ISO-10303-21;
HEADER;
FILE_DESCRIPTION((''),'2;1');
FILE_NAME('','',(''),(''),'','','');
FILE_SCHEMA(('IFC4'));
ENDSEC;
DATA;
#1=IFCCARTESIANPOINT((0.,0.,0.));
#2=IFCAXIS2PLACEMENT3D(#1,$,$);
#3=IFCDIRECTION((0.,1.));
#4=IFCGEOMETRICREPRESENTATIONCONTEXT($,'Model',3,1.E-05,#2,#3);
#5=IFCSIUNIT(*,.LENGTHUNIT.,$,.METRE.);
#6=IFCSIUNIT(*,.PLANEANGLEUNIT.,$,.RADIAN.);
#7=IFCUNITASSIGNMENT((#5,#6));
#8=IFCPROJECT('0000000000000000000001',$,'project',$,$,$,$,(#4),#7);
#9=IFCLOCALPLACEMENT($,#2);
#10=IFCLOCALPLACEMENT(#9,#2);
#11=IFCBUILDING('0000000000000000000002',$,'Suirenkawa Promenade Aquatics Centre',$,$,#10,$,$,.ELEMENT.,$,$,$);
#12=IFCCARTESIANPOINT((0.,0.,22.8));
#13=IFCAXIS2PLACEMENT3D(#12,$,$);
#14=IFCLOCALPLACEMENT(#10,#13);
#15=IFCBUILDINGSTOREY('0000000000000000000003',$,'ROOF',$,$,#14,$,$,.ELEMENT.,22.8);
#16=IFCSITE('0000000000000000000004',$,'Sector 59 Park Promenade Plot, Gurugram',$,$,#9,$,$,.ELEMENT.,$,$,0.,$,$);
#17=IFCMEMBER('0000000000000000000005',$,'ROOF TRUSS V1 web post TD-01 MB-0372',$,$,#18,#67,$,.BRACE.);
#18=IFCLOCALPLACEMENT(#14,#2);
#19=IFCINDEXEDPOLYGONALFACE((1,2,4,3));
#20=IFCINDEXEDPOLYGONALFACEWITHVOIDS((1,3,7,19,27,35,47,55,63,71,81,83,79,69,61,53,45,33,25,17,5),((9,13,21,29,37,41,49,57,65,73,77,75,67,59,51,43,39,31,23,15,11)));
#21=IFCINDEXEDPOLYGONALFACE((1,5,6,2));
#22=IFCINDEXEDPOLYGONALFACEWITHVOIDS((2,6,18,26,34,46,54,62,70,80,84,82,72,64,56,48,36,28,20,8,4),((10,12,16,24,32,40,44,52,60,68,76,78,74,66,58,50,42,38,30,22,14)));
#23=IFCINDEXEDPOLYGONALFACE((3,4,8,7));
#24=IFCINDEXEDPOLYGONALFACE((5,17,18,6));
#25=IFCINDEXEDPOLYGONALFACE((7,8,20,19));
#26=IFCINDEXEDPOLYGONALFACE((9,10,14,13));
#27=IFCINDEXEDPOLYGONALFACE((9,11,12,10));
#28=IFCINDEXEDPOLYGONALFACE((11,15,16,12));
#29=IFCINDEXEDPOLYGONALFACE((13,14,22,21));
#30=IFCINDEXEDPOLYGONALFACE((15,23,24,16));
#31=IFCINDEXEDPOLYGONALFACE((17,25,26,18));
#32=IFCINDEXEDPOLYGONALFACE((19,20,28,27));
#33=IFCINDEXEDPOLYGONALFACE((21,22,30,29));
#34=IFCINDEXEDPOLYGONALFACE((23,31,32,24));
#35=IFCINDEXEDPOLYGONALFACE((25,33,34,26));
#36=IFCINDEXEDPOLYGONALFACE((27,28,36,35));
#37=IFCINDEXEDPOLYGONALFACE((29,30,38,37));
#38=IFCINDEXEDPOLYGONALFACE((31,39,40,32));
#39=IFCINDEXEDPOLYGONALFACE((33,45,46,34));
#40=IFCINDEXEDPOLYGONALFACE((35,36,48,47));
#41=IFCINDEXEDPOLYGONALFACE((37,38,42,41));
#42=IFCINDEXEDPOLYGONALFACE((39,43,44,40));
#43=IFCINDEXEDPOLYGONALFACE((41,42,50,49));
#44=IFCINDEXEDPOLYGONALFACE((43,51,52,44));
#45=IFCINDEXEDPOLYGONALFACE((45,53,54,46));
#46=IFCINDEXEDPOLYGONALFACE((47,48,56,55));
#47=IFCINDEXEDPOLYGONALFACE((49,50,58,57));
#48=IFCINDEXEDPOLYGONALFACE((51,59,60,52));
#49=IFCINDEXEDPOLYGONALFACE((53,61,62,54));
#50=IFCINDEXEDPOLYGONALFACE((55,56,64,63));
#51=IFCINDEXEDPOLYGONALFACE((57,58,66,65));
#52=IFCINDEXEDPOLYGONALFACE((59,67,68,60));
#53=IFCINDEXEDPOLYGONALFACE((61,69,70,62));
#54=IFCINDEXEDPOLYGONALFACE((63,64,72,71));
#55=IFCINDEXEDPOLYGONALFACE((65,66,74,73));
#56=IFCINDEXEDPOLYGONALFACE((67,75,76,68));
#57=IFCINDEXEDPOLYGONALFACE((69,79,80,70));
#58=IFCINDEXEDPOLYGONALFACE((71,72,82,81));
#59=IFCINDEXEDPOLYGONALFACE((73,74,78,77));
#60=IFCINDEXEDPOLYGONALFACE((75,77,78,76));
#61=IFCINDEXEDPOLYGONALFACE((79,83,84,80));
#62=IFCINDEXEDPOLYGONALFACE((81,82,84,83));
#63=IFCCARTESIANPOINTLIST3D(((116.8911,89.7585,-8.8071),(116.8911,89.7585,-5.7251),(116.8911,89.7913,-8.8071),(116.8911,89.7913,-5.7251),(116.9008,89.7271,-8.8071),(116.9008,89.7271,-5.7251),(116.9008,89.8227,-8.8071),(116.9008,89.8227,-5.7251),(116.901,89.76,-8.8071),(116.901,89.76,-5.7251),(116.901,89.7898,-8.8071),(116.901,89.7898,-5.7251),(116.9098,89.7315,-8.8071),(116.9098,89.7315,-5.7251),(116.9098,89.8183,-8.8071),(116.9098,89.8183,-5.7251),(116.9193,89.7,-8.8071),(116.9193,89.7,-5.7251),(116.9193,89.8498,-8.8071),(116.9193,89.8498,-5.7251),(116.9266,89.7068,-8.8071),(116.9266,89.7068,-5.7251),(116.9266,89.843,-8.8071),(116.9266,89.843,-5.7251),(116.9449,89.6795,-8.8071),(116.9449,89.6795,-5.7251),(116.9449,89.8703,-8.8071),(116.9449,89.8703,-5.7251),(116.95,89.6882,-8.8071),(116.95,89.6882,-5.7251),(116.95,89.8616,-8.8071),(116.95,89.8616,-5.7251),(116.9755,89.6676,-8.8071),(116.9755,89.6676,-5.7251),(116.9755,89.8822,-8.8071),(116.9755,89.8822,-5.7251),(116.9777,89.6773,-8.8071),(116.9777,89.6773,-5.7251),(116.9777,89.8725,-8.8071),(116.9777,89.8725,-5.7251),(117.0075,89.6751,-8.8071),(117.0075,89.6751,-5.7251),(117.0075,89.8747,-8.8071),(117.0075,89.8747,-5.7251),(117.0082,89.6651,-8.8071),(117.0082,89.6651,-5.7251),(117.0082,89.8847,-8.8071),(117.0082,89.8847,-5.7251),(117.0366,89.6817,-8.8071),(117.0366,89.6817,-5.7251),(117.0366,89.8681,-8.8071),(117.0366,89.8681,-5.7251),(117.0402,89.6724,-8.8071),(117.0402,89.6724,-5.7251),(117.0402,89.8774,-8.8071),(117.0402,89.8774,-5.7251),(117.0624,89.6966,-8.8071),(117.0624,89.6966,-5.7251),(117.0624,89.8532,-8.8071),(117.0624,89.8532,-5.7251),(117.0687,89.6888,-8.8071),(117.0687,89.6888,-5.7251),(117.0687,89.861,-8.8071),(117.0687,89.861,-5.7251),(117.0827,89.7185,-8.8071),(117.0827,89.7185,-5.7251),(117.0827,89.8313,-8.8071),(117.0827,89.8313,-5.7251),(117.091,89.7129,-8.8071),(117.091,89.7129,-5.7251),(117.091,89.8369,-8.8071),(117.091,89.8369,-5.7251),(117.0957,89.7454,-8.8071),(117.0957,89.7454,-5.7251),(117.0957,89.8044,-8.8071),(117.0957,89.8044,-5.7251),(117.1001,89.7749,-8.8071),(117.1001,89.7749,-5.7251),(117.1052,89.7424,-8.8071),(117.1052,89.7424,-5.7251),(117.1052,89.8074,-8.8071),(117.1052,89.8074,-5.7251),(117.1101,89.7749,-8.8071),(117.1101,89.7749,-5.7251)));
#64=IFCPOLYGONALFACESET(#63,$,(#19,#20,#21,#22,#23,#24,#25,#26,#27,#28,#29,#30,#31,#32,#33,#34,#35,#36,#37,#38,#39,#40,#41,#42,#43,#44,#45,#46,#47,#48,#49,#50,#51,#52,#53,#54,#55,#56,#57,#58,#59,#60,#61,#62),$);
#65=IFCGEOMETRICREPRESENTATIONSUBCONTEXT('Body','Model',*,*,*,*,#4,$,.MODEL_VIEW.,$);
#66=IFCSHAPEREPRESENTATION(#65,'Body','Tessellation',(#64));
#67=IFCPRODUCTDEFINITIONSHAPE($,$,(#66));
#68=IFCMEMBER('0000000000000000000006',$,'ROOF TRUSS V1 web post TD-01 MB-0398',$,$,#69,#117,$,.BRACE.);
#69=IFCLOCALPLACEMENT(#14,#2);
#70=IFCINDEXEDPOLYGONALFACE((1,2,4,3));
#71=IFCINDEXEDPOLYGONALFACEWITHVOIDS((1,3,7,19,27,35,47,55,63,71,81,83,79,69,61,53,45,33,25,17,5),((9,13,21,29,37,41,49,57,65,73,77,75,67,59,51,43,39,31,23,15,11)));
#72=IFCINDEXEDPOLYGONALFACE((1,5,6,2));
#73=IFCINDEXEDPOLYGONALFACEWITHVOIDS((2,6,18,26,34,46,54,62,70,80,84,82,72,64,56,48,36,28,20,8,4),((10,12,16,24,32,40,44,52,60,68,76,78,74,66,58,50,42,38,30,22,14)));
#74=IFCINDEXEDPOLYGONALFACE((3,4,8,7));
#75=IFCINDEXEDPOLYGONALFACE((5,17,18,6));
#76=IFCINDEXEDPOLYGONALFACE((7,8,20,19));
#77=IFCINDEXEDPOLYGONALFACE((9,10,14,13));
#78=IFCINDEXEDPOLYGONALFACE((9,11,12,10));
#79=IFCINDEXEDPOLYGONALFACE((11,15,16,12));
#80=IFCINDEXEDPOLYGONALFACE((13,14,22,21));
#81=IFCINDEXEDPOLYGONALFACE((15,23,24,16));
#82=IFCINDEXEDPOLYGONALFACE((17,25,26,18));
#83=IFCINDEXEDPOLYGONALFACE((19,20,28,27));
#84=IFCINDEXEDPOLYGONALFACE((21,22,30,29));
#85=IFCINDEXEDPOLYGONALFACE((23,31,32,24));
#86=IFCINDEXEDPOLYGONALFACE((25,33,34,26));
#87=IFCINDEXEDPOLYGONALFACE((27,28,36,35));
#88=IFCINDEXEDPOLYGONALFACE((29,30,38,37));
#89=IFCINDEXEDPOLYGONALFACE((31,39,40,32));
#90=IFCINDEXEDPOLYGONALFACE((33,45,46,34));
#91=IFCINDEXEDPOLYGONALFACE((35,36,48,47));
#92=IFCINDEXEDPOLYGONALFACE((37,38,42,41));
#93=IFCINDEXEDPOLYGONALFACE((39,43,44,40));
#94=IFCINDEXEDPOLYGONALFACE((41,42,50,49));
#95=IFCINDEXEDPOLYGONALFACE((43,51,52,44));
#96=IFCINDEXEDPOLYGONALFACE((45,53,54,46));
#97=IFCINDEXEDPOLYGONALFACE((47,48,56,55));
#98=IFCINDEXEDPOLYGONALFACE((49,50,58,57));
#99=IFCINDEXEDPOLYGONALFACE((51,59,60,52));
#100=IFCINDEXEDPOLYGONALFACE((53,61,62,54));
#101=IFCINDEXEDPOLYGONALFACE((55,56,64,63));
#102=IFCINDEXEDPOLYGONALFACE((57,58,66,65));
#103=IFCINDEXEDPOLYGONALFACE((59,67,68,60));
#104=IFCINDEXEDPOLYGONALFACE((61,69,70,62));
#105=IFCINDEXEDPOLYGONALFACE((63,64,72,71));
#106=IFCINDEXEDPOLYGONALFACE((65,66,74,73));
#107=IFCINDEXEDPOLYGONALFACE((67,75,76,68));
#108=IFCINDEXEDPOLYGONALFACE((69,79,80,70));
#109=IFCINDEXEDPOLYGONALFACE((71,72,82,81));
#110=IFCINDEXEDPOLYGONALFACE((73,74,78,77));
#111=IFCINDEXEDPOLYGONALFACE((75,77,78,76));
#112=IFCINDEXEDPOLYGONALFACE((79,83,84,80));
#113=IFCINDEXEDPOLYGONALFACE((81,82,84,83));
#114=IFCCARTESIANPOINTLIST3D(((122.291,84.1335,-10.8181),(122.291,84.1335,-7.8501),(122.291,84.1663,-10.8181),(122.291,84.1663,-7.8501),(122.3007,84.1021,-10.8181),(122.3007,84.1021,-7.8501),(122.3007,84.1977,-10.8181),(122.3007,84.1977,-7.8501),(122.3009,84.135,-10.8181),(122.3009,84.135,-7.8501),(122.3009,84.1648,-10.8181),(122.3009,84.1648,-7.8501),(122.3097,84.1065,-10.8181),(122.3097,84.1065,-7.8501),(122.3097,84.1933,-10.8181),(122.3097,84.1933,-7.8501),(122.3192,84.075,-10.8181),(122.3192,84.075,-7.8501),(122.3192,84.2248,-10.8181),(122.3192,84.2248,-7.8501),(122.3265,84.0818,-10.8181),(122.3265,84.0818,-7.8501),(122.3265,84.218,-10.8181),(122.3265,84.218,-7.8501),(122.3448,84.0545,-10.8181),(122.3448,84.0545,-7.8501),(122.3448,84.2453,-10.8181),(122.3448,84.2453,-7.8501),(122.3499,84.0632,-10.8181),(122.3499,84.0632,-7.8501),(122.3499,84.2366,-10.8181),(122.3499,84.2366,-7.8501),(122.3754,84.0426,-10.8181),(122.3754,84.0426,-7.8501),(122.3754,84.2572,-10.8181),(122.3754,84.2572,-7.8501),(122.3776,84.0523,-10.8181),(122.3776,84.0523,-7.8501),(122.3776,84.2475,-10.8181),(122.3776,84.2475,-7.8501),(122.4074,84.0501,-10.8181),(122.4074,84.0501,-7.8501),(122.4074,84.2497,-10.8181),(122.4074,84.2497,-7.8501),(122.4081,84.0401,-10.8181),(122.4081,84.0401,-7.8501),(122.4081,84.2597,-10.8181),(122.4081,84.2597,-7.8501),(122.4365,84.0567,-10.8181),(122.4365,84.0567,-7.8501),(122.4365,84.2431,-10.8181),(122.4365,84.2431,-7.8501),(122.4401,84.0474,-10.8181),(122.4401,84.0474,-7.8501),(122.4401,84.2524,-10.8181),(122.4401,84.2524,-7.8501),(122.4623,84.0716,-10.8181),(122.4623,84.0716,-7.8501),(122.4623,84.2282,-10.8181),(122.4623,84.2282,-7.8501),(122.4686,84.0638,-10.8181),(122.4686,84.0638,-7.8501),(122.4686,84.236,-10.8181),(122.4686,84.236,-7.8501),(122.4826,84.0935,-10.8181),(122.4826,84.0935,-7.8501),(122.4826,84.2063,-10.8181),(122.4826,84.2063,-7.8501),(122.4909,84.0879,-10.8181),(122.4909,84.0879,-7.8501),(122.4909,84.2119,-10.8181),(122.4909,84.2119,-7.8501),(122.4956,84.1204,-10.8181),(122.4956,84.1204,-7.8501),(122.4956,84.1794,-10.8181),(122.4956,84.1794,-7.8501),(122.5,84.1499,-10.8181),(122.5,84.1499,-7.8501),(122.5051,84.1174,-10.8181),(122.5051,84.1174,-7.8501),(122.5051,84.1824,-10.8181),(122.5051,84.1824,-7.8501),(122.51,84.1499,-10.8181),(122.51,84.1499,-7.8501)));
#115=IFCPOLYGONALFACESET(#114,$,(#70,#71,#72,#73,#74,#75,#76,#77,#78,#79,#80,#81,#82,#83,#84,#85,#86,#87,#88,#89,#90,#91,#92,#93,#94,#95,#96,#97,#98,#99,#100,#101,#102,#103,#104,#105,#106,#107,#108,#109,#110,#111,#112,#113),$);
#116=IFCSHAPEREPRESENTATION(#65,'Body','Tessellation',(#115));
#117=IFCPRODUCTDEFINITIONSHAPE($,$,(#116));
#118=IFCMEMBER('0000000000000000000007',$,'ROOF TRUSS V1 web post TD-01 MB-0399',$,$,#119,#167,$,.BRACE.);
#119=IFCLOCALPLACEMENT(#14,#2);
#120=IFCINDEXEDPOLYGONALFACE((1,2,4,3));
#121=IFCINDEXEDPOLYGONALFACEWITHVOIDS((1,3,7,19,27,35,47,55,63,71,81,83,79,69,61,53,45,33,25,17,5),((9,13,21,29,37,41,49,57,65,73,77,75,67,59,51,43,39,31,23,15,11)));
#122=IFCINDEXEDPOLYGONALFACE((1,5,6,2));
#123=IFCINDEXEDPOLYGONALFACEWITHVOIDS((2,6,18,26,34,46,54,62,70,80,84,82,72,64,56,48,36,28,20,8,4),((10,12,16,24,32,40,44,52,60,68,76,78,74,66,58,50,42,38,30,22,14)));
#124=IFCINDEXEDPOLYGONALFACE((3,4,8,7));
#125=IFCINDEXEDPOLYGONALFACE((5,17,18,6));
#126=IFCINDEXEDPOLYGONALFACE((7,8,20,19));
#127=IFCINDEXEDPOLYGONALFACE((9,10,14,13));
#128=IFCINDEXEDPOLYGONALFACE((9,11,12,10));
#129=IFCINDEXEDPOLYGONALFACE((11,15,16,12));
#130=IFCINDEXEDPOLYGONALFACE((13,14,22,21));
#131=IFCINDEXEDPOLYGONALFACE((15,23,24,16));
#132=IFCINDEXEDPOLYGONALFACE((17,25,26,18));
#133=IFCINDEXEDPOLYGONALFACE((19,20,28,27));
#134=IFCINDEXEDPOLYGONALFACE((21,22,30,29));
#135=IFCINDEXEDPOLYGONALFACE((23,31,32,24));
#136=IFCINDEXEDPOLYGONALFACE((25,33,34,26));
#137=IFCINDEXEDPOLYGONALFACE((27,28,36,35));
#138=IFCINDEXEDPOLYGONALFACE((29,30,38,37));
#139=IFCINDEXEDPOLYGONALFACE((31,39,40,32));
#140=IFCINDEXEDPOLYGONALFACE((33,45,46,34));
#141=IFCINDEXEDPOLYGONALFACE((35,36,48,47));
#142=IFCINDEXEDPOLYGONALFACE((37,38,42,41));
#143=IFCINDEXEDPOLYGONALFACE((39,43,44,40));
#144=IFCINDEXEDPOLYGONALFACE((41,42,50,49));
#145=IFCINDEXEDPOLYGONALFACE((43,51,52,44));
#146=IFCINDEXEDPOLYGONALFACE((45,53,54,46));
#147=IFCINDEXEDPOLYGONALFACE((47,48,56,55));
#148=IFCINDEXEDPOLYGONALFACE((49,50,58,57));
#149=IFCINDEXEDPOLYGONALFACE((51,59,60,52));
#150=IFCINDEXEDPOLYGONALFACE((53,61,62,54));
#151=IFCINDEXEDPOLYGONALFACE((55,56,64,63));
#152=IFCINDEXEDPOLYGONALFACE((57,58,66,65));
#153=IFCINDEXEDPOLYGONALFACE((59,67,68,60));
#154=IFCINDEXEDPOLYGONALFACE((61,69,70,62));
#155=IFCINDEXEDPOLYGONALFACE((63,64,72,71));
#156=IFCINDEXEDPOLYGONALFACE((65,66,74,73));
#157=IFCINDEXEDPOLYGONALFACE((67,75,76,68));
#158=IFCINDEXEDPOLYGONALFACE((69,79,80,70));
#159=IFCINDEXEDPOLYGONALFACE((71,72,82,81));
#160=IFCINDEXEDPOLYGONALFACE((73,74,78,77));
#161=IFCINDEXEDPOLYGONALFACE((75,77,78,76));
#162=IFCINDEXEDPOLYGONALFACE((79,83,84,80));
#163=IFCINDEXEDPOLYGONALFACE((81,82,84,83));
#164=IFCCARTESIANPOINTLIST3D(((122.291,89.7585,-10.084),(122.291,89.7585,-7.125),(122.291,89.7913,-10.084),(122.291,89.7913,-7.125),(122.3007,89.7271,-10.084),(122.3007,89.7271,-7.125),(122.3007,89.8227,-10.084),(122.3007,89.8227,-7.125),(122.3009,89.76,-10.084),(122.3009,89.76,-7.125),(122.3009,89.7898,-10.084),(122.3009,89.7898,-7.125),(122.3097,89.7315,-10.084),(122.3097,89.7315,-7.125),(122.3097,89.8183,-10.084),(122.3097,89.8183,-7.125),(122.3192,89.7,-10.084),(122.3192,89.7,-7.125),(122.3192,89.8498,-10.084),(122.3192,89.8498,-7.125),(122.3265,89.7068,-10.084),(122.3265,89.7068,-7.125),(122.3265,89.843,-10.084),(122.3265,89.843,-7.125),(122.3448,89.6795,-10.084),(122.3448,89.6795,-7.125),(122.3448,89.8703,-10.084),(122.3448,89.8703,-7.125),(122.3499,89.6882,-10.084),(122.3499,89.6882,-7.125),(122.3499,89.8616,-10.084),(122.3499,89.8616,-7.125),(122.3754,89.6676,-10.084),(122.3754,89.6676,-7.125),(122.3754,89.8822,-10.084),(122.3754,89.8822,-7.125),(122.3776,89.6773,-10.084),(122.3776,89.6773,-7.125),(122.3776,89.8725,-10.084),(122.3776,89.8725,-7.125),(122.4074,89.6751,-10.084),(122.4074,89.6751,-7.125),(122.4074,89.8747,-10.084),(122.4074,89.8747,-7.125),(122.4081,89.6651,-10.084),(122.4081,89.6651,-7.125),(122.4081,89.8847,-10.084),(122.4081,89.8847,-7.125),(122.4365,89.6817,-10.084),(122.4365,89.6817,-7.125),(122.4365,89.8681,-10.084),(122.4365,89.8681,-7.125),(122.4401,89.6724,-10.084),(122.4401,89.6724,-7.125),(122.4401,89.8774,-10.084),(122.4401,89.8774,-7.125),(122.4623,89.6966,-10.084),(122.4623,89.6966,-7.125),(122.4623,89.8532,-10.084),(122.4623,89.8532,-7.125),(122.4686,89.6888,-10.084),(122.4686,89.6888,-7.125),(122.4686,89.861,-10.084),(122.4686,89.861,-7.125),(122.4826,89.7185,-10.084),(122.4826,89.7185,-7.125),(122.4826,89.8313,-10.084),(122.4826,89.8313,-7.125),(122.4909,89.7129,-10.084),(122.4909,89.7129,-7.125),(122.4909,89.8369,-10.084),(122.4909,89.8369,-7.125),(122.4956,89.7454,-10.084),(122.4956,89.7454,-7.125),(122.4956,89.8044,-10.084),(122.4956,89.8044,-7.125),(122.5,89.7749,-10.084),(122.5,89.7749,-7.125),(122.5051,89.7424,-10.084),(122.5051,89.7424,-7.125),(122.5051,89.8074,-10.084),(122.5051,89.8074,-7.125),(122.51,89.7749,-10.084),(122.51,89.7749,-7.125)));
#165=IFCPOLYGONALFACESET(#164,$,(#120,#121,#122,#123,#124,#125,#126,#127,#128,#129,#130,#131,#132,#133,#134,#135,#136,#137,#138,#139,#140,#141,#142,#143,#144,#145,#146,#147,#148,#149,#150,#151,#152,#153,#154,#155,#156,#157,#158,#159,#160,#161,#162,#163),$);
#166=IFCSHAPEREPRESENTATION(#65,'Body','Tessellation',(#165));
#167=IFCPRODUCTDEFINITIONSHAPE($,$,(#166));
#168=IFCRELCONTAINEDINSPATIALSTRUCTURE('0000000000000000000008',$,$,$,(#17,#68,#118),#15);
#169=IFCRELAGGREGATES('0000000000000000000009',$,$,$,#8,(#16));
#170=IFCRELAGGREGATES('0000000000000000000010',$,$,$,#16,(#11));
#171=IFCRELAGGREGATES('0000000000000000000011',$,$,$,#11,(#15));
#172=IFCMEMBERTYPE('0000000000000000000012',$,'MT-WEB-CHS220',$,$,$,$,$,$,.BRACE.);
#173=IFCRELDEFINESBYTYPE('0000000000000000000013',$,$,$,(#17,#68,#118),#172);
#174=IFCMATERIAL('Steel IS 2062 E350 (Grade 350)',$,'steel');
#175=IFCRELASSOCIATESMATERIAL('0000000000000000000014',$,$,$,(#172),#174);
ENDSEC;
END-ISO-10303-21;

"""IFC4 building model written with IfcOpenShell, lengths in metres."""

from ifc_helpers import new_model, si_unit, direction, frame, origin, origin_2d, place, context, subcontext, project, spatial, hollow_circle, extrude, material, material_profile, profile_set, type_object, element, save


model = new_model("IFC4")

# Units and contexts
model_context = context("Model", 3, precision=1e-05, world=origin(), true_north=direction((0.0, 1.0)))
body_context = subcontext(model_context, "Body", "Model", "MODEL_VIEW")
ifc_project = project(units=[si_unit("LENGTHUNIT", "METRE"), si_unit("PLANEANGLEUNIT", "RADIAN")], contexts=[model_context])

# Site, building, storey
site_placement = place(None, origin())
site = spatial("IfcSite", under=ifc_project, at=site_placement, Name="Sector 59 Park Promenade Plot, Gurugram", CompositionType="ELEMENT", RefElevation=0.0)
building_placement = place(site_placement, origin())
building = spatial("IfcBuilding", under=site, at=building_placement, Name="Suirenkawa Promenade Aquatics Centre", CompositionType="ELEMENT")
storey_placement = place(building_placement, frame((0.0, 0.0, 22.8)))
storey = spatial("IfcBuildingStorey", under=building, at=storey_placement, Name="ROOF", CompositionType="ELEMENT", Elevation=22.8)

# Shared definitions
ifc_material = material(Name="Steel IS 2062 E350 (Grade 350)", Category="steel")

# Members
ifc_material_profile_1 = material_profile(ifc_material, hollow_circle(Radius=0.1101, WallThickness=0.01, at=origin_2d()), Name="CHS 220x10", Category="steel")
ifc_profile_set_1 = profile_set([ifc_material_profile_1], Name="Steel IS 2062 E350 (Grade 350)")
member_type_1 = type_object("IfcMemberType", Name="MT-WEB-CHS220", PredefinedType="BRACE", material=ifc_profile_set_1)
member_1_placement = place(storey_placement, frame((117.0, 89.7749, -8.8071), z_axis=(0.0, 0.0, 1.0), x_axis=(1.0, 0.0, 0.0)))
element("IfcMember", 1, at=member_1_placement, inside=storey, type_object=member_type_1, Name="ROOF TRUSS V1 web post TD-01 MB-0372", PredefinedType="BRACE", context=body_context, shape_type="SweptSolid", body=[
    extrude(hollow_circle(Radius=0.1101, WallThickness=0.01, at=origin_2d()), origin(), (0.0, 0.0, 1.0), 3.082),
])
member_2_placement = place(storey_placement, frame((122.3999, 84.1499, -10.8181), z_axis=(0.0, 0.0, 1.0), x_axis=(1.0, 0.0, 0.0)))
element("IfcMember", 2, at=member_2_placement, inside=storey, type_object=member_type_1, Name="ROOF TRUSS V1 web post TD-01 MB-0398", PredefinedType="BRACE", context=body_context, shape_type="SweptSolid", body=[
    extrude(hollow_circle(Radius=0.1101, WallThickness=0.01, at=origin_2d()), origin(), (0.0, 0.0, 1.0), 2.968),
])
member_3_placement = place(storey_placement, frame((122.3999, 89.7749, -10.084), z_axis=(0.0, 0.0, 1.0), x_axis=(1.0, 0.0, 0.0)))
element("IfcMember", 3, at=member_3_placement, inside=storey, type_object=member_type_1, Name="ROOF TRUSS V1 web post TD-01 MB-0399", PredefinedType="BRACE", context=body_context, shape_type="SweptSolid", body=[
    extrude(hollow_circle(Radius=0.1101, WallThickness=0.01, at=origin_2d()), origin(), (0.0, 0.0, 1.0), 2.959),
])

save(model, "model.ifc")
